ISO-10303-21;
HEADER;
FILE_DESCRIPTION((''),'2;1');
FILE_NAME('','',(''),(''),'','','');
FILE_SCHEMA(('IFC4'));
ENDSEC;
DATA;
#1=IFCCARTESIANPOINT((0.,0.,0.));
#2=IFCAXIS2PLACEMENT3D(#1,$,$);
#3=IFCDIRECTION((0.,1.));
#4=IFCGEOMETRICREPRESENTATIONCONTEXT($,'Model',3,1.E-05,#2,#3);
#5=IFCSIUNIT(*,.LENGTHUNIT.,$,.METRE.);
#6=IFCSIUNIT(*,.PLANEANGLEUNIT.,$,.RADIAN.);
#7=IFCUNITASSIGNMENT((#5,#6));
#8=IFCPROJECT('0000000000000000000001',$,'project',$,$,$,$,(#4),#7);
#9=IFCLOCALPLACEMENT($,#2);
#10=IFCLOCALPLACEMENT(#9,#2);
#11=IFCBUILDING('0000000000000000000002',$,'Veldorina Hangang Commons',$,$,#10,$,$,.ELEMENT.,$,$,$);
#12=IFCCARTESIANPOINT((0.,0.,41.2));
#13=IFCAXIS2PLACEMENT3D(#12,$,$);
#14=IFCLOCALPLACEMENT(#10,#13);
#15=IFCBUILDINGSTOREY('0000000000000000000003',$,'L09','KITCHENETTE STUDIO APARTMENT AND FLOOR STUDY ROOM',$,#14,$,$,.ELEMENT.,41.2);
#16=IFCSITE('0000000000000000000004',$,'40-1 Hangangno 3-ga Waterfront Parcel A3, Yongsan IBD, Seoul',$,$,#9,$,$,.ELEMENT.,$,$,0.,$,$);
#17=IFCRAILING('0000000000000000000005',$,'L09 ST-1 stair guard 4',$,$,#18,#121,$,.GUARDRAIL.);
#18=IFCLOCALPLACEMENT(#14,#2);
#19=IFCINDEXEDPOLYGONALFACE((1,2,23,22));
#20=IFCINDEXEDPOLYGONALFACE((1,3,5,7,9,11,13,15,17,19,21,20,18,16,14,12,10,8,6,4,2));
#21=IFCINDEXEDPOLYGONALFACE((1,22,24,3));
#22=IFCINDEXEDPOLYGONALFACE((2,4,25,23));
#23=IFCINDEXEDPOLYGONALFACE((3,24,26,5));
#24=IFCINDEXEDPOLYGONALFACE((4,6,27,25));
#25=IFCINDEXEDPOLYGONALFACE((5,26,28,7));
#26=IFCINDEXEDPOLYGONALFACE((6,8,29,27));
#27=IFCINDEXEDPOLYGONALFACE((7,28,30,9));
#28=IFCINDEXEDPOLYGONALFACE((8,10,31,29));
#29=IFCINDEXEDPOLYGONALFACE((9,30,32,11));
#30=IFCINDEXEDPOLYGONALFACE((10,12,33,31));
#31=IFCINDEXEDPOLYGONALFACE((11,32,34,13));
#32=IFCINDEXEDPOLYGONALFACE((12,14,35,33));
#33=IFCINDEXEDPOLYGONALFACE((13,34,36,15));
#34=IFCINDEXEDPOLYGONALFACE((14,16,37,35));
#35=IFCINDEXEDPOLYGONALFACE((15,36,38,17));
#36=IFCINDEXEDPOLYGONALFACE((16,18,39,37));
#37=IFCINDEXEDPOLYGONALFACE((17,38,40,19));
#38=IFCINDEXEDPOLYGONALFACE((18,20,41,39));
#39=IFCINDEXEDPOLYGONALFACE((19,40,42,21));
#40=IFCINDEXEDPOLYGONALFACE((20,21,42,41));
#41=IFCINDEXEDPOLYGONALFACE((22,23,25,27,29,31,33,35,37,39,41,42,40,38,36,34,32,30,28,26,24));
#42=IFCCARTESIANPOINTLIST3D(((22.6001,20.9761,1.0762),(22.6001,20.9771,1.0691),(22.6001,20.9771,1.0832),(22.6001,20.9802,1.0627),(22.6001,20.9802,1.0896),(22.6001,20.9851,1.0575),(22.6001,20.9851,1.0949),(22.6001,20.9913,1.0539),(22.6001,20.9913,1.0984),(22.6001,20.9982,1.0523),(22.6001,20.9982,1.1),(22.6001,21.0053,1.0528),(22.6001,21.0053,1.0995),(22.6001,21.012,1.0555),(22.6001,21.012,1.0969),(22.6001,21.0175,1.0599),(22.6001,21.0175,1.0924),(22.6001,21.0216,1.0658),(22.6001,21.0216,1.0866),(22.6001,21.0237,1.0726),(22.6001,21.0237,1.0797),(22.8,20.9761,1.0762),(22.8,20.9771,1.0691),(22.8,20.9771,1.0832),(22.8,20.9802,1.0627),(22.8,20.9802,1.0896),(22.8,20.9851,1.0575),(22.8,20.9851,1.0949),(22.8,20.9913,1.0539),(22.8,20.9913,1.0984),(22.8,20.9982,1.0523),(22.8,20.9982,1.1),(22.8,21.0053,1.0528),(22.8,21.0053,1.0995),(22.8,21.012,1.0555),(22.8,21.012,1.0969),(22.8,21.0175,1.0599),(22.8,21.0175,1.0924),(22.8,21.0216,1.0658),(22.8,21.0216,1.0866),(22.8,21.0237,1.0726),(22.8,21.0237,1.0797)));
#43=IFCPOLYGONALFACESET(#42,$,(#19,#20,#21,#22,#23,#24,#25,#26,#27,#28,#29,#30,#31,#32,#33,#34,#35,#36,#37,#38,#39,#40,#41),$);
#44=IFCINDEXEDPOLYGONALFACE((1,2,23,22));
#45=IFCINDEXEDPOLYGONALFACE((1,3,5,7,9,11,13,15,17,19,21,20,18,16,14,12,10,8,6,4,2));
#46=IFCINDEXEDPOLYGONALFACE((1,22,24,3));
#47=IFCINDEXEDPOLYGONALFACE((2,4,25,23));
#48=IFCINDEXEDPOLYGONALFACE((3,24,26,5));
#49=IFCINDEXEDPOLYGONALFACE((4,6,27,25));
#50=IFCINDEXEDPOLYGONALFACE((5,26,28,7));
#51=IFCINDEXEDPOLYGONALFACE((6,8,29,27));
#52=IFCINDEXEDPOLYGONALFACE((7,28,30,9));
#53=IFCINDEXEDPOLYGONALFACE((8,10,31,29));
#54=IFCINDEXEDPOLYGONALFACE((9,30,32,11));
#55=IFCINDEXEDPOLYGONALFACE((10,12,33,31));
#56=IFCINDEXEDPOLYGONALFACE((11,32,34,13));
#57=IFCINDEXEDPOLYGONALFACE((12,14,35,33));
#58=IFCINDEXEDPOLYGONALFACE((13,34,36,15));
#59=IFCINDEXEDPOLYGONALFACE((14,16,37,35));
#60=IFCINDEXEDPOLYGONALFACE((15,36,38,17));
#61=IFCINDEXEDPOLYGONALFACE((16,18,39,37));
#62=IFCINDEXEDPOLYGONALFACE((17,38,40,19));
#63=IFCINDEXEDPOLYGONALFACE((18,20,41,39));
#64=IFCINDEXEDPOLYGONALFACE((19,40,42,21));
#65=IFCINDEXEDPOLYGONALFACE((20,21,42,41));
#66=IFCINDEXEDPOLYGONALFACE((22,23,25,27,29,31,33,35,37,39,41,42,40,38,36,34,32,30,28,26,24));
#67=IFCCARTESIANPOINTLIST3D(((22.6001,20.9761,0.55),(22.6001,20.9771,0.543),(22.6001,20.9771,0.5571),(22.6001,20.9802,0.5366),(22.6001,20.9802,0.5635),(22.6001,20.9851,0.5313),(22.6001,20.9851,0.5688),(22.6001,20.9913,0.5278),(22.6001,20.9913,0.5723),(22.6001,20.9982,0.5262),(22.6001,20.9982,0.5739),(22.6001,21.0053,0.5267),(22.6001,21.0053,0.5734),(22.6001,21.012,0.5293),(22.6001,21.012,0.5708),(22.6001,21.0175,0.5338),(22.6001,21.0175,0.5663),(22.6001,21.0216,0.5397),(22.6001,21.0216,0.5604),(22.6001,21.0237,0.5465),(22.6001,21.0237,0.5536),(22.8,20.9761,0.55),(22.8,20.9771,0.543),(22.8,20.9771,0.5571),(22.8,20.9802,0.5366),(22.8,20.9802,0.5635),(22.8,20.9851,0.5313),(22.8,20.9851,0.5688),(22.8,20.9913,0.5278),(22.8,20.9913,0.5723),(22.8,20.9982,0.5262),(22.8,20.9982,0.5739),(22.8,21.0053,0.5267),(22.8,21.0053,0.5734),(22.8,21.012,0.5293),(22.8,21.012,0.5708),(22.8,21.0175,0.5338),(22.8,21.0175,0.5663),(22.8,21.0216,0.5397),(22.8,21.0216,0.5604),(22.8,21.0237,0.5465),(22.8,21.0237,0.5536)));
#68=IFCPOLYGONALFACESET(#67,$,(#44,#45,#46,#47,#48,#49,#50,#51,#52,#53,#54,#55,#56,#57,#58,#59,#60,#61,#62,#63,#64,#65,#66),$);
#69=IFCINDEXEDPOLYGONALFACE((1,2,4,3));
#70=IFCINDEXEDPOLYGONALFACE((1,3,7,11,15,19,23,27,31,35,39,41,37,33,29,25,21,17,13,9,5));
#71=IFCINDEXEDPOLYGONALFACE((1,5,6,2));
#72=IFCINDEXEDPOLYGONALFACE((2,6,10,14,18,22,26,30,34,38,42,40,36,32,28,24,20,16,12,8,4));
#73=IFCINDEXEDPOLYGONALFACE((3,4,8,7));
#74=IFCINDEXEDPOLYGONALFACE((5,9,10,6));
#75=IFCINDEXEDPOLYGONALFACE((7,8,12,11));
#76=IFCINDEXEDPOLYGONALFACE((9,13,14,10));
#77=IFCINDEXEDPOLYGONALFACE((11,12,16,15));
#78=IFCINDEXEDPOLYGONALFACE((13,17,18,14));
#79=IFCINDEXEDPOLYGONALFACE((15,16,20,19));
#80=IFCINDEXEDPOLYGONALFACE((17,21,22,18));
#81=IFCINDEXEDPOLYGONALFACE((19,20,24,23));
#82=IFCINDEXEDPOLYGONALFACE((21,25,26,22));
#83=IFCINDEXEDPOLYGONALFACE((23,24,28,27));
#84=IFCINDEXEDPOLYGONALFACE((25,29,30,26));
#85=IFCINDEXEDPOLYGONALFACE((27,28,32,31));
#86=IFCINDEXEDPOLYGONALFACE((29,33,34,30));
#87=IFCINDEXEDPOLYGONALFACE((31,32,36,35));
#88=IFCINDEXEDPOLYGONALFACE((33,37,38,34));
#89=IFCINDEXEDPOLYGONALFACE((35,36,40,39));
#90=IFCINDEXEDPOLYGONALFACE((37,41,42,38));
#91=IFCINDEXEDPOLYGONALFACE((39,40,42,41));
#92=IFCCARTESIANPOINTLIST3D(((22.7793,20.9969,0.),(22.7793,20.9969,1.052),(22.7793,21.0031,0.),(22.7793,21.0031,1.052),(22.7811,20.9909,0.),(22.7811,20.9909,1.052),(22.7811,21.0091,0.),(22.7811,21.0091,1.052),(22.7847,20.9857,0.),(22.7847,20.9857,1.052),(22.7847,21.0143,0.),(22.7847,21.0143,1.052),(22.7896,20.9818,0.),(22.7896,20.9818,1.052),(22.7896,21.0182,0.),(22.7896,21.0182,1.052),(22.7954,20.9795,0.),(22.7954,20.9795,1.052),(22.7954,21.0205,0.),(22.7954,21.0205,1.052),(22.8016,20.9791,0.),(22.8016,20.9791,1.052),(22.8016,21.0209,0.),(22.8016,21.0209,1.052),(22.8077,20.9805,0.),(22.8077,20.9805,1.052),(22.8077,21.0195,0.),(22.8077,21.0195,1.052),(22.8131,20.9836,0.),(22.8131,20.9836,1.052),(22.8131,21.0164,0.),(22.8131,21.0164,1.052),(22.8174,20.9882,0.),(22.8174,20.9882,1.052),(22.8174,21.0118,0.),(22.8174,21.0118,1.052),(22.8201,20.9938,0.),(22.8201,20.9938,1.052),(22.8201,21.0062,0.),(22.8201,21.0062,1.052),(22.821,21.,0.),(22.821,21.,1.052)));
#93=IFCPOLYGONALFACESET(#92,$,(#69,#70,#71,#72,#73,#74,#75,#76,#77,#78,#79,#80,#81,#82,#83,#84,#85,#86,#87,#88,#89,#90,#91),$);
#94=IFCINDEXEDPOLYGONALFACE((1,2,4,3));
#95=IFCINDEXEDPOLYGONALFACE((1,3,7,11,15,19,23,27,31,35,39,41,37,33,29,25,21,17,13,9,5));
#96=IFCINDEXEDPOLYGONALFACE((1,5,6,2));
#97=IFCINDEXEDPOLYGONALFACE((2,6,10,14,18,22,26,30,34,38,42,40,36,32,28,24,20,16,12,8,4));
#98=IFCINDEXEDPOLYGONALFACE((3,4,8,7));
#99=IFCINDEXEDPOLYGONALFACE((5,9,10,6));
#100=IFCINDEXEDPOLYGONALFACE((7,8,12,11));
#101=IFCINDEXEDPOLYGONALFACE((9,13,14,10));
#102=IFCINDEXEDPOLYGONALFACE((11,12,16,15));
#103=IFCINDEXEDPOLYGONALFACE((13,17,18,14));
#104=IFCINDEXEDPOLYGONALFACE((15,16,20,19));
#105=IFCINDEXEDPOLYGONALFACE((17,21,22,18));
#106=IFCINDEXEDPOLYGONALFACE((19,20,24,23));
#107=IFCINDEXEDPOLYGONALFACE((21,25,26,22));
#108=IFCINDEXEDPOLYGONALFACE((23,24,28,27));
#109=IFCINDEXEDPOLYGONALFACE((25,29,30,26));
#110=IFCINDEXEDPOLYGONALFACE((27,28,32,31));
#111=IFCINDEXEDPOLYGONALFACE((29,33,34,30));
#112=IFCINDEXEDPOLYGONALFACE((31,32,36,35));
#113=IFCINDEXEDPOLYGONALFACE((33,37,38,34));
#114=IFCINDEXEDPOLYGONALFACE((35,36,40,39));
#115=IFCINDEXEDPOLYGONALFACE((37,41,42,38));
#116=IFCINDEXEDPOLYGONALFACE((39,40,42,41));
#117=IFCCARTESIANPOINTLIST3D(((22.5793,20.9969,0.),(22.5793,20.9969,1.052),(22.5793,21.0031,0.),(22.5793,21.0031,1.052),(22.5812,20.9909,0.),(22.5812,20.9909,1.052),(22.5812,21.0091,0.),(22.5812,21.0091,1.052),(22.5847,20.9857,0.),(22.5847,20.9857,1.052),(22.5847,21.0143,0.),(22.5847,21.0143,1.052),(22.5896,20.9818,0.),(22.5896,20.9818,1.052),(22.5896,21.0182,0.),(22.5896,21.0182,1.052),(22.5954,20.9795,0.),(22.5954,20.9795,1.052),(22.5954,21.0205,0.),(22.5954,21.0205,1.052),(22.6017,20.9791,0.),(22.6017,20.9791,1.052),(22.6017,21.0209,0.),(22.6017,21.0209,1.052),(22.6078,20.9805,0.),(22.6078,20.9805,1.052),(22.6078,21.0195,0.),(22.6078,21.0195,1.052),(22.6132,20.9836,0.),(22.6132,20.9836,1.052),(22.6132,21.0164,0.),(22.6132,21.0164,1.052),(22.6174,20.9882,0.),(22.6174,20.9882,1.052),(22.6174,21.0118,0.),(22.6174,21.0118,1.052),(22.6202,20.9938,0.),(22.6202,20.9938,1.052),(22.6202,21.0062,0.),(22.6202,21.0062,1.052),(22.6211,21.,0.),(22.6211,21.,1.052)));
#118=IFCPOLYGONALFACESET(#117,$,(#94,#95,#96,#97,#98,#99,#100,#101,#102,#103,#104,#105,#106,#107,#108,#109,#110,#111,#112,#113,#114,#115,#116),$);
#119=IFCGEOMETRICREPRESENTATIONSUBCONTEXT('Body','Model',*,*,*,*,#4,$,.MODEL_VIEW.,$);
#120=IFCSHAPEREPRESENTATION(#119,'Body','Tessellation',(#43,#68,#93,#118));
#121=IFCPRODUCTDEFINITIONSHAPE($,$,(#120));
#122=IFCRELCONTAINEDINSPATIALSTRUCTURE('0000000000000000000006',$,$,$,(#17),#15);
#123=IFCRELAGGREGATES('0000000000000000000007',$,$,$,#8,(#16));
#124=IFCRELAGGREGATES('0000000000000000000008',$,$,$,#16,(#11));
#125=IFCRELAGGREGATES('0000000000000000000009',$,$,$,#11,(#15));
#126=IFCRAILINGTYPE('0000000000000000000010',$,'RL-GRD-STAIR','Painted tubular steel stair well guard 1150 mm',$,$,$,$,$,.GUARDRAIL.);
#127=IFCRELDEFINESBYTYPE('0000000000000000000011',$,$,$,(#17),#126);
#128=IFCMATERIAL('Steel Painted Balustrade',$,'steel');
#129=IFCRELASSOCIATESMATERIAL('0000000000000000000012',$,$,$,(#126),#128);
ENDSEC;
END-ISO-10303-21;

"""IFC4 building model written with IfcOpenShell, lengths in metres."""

from ifc_helpers import new_model, si_unit, direction, frame, origin, origin_2d, place, context, subcontext, project, spatial, circle, extrude, material, type_object, element, save


model = new_model("IFC4")

# Units and contexts
model_context = context("Model", 3, precision=1e-05, world=origin(), true_north=direction((0.0, 1.0)))
body_context = subcontext(model_context, "Body", "Model", "MODEL_VIEW")
ifc_project = project(units=[si_unit("LENGTHUNIT", "METRE"), si_unit("PLANEANGLEUNIT", "RADIAN")], contexts=[model_context])

# Site, building, storey
site_placement = place(None, origin())
site = spatial("IfcSite", under=ifc_project, at=site_placement, Name="40-1 Hangangno 3-ga Waterfront Parcel A3, Yongsan IBD, Seoul", CompositionType="ELEMENT", RefElevation=0.0)
building_placement = place(site_placement, origin())
building = spatial("IfcBuilding", under=site, at=building_placement, Name="Veldorina Hangang Commons", CompositionType="ELEMENT")
storey_placement = place(building_placement, frame((0.0, 0.0, 41.2)))
storey = spatial("IfcBuildingStorey", under=building, at=storey_placement, Name="L09", Description="KITCHENETTE STUDIO APARTMENT AND FLOOR STUDY ROOM", CompositionType="ELEMENT", Elevation=41.2)

# Railing
ifc_material_1 = material(Name="Steel Painted Balustrade", Category="steel")
railing_type_1 = type_object("IfcRailingType", Name="RL-GRD-STAIR", Description="Painted tubular steel stair well guard 1150 mm", PredefinedType="GUARDRAIL", material=ifc_material_1)
railing_1_placement = place(storey_placement, frame((22.8, 21.0, 0.0)))
element("IfcRailing", 1, at=railing_1_placement, inside=storey, type_object=railing_type_1, Name="L09 ST-1 stair guard 4", PredefinedType="GUARDRAIL", context=body_context, shape_type="SweptSolid", body=[
    extrude(circle(Radius=0.0239, at=origin_2d()), frame((0.0, 0.0, 1.0762), z_axis=(-1.0, 0.0, 0.0), x_axis=(0.0, -1.0, 0.0)), (0.0, 0.0, 1.0), 0.2),
    extrude(circle(Radius=0.0239, at=origin_2d()), frame((0.0, 0.0, 0.55), z_axis=(-1.0, 0.0, 0.0), x_axis=(0.0, -1.0, 0.0)), (0.0, 0.0, 1.0), 0.2),
    extrude(circle(Radius=0.021, at=origin_2d()), origin(), (0.0, 0.0, 1.0), 1.052),
    extrude(circle(Radius=0.021, at=origin_2d()), frame((-0.2, 0.0, 0.0)), (0.0, 0.0, 1.0), 1.052),
])

save(model, "model.ifc")
